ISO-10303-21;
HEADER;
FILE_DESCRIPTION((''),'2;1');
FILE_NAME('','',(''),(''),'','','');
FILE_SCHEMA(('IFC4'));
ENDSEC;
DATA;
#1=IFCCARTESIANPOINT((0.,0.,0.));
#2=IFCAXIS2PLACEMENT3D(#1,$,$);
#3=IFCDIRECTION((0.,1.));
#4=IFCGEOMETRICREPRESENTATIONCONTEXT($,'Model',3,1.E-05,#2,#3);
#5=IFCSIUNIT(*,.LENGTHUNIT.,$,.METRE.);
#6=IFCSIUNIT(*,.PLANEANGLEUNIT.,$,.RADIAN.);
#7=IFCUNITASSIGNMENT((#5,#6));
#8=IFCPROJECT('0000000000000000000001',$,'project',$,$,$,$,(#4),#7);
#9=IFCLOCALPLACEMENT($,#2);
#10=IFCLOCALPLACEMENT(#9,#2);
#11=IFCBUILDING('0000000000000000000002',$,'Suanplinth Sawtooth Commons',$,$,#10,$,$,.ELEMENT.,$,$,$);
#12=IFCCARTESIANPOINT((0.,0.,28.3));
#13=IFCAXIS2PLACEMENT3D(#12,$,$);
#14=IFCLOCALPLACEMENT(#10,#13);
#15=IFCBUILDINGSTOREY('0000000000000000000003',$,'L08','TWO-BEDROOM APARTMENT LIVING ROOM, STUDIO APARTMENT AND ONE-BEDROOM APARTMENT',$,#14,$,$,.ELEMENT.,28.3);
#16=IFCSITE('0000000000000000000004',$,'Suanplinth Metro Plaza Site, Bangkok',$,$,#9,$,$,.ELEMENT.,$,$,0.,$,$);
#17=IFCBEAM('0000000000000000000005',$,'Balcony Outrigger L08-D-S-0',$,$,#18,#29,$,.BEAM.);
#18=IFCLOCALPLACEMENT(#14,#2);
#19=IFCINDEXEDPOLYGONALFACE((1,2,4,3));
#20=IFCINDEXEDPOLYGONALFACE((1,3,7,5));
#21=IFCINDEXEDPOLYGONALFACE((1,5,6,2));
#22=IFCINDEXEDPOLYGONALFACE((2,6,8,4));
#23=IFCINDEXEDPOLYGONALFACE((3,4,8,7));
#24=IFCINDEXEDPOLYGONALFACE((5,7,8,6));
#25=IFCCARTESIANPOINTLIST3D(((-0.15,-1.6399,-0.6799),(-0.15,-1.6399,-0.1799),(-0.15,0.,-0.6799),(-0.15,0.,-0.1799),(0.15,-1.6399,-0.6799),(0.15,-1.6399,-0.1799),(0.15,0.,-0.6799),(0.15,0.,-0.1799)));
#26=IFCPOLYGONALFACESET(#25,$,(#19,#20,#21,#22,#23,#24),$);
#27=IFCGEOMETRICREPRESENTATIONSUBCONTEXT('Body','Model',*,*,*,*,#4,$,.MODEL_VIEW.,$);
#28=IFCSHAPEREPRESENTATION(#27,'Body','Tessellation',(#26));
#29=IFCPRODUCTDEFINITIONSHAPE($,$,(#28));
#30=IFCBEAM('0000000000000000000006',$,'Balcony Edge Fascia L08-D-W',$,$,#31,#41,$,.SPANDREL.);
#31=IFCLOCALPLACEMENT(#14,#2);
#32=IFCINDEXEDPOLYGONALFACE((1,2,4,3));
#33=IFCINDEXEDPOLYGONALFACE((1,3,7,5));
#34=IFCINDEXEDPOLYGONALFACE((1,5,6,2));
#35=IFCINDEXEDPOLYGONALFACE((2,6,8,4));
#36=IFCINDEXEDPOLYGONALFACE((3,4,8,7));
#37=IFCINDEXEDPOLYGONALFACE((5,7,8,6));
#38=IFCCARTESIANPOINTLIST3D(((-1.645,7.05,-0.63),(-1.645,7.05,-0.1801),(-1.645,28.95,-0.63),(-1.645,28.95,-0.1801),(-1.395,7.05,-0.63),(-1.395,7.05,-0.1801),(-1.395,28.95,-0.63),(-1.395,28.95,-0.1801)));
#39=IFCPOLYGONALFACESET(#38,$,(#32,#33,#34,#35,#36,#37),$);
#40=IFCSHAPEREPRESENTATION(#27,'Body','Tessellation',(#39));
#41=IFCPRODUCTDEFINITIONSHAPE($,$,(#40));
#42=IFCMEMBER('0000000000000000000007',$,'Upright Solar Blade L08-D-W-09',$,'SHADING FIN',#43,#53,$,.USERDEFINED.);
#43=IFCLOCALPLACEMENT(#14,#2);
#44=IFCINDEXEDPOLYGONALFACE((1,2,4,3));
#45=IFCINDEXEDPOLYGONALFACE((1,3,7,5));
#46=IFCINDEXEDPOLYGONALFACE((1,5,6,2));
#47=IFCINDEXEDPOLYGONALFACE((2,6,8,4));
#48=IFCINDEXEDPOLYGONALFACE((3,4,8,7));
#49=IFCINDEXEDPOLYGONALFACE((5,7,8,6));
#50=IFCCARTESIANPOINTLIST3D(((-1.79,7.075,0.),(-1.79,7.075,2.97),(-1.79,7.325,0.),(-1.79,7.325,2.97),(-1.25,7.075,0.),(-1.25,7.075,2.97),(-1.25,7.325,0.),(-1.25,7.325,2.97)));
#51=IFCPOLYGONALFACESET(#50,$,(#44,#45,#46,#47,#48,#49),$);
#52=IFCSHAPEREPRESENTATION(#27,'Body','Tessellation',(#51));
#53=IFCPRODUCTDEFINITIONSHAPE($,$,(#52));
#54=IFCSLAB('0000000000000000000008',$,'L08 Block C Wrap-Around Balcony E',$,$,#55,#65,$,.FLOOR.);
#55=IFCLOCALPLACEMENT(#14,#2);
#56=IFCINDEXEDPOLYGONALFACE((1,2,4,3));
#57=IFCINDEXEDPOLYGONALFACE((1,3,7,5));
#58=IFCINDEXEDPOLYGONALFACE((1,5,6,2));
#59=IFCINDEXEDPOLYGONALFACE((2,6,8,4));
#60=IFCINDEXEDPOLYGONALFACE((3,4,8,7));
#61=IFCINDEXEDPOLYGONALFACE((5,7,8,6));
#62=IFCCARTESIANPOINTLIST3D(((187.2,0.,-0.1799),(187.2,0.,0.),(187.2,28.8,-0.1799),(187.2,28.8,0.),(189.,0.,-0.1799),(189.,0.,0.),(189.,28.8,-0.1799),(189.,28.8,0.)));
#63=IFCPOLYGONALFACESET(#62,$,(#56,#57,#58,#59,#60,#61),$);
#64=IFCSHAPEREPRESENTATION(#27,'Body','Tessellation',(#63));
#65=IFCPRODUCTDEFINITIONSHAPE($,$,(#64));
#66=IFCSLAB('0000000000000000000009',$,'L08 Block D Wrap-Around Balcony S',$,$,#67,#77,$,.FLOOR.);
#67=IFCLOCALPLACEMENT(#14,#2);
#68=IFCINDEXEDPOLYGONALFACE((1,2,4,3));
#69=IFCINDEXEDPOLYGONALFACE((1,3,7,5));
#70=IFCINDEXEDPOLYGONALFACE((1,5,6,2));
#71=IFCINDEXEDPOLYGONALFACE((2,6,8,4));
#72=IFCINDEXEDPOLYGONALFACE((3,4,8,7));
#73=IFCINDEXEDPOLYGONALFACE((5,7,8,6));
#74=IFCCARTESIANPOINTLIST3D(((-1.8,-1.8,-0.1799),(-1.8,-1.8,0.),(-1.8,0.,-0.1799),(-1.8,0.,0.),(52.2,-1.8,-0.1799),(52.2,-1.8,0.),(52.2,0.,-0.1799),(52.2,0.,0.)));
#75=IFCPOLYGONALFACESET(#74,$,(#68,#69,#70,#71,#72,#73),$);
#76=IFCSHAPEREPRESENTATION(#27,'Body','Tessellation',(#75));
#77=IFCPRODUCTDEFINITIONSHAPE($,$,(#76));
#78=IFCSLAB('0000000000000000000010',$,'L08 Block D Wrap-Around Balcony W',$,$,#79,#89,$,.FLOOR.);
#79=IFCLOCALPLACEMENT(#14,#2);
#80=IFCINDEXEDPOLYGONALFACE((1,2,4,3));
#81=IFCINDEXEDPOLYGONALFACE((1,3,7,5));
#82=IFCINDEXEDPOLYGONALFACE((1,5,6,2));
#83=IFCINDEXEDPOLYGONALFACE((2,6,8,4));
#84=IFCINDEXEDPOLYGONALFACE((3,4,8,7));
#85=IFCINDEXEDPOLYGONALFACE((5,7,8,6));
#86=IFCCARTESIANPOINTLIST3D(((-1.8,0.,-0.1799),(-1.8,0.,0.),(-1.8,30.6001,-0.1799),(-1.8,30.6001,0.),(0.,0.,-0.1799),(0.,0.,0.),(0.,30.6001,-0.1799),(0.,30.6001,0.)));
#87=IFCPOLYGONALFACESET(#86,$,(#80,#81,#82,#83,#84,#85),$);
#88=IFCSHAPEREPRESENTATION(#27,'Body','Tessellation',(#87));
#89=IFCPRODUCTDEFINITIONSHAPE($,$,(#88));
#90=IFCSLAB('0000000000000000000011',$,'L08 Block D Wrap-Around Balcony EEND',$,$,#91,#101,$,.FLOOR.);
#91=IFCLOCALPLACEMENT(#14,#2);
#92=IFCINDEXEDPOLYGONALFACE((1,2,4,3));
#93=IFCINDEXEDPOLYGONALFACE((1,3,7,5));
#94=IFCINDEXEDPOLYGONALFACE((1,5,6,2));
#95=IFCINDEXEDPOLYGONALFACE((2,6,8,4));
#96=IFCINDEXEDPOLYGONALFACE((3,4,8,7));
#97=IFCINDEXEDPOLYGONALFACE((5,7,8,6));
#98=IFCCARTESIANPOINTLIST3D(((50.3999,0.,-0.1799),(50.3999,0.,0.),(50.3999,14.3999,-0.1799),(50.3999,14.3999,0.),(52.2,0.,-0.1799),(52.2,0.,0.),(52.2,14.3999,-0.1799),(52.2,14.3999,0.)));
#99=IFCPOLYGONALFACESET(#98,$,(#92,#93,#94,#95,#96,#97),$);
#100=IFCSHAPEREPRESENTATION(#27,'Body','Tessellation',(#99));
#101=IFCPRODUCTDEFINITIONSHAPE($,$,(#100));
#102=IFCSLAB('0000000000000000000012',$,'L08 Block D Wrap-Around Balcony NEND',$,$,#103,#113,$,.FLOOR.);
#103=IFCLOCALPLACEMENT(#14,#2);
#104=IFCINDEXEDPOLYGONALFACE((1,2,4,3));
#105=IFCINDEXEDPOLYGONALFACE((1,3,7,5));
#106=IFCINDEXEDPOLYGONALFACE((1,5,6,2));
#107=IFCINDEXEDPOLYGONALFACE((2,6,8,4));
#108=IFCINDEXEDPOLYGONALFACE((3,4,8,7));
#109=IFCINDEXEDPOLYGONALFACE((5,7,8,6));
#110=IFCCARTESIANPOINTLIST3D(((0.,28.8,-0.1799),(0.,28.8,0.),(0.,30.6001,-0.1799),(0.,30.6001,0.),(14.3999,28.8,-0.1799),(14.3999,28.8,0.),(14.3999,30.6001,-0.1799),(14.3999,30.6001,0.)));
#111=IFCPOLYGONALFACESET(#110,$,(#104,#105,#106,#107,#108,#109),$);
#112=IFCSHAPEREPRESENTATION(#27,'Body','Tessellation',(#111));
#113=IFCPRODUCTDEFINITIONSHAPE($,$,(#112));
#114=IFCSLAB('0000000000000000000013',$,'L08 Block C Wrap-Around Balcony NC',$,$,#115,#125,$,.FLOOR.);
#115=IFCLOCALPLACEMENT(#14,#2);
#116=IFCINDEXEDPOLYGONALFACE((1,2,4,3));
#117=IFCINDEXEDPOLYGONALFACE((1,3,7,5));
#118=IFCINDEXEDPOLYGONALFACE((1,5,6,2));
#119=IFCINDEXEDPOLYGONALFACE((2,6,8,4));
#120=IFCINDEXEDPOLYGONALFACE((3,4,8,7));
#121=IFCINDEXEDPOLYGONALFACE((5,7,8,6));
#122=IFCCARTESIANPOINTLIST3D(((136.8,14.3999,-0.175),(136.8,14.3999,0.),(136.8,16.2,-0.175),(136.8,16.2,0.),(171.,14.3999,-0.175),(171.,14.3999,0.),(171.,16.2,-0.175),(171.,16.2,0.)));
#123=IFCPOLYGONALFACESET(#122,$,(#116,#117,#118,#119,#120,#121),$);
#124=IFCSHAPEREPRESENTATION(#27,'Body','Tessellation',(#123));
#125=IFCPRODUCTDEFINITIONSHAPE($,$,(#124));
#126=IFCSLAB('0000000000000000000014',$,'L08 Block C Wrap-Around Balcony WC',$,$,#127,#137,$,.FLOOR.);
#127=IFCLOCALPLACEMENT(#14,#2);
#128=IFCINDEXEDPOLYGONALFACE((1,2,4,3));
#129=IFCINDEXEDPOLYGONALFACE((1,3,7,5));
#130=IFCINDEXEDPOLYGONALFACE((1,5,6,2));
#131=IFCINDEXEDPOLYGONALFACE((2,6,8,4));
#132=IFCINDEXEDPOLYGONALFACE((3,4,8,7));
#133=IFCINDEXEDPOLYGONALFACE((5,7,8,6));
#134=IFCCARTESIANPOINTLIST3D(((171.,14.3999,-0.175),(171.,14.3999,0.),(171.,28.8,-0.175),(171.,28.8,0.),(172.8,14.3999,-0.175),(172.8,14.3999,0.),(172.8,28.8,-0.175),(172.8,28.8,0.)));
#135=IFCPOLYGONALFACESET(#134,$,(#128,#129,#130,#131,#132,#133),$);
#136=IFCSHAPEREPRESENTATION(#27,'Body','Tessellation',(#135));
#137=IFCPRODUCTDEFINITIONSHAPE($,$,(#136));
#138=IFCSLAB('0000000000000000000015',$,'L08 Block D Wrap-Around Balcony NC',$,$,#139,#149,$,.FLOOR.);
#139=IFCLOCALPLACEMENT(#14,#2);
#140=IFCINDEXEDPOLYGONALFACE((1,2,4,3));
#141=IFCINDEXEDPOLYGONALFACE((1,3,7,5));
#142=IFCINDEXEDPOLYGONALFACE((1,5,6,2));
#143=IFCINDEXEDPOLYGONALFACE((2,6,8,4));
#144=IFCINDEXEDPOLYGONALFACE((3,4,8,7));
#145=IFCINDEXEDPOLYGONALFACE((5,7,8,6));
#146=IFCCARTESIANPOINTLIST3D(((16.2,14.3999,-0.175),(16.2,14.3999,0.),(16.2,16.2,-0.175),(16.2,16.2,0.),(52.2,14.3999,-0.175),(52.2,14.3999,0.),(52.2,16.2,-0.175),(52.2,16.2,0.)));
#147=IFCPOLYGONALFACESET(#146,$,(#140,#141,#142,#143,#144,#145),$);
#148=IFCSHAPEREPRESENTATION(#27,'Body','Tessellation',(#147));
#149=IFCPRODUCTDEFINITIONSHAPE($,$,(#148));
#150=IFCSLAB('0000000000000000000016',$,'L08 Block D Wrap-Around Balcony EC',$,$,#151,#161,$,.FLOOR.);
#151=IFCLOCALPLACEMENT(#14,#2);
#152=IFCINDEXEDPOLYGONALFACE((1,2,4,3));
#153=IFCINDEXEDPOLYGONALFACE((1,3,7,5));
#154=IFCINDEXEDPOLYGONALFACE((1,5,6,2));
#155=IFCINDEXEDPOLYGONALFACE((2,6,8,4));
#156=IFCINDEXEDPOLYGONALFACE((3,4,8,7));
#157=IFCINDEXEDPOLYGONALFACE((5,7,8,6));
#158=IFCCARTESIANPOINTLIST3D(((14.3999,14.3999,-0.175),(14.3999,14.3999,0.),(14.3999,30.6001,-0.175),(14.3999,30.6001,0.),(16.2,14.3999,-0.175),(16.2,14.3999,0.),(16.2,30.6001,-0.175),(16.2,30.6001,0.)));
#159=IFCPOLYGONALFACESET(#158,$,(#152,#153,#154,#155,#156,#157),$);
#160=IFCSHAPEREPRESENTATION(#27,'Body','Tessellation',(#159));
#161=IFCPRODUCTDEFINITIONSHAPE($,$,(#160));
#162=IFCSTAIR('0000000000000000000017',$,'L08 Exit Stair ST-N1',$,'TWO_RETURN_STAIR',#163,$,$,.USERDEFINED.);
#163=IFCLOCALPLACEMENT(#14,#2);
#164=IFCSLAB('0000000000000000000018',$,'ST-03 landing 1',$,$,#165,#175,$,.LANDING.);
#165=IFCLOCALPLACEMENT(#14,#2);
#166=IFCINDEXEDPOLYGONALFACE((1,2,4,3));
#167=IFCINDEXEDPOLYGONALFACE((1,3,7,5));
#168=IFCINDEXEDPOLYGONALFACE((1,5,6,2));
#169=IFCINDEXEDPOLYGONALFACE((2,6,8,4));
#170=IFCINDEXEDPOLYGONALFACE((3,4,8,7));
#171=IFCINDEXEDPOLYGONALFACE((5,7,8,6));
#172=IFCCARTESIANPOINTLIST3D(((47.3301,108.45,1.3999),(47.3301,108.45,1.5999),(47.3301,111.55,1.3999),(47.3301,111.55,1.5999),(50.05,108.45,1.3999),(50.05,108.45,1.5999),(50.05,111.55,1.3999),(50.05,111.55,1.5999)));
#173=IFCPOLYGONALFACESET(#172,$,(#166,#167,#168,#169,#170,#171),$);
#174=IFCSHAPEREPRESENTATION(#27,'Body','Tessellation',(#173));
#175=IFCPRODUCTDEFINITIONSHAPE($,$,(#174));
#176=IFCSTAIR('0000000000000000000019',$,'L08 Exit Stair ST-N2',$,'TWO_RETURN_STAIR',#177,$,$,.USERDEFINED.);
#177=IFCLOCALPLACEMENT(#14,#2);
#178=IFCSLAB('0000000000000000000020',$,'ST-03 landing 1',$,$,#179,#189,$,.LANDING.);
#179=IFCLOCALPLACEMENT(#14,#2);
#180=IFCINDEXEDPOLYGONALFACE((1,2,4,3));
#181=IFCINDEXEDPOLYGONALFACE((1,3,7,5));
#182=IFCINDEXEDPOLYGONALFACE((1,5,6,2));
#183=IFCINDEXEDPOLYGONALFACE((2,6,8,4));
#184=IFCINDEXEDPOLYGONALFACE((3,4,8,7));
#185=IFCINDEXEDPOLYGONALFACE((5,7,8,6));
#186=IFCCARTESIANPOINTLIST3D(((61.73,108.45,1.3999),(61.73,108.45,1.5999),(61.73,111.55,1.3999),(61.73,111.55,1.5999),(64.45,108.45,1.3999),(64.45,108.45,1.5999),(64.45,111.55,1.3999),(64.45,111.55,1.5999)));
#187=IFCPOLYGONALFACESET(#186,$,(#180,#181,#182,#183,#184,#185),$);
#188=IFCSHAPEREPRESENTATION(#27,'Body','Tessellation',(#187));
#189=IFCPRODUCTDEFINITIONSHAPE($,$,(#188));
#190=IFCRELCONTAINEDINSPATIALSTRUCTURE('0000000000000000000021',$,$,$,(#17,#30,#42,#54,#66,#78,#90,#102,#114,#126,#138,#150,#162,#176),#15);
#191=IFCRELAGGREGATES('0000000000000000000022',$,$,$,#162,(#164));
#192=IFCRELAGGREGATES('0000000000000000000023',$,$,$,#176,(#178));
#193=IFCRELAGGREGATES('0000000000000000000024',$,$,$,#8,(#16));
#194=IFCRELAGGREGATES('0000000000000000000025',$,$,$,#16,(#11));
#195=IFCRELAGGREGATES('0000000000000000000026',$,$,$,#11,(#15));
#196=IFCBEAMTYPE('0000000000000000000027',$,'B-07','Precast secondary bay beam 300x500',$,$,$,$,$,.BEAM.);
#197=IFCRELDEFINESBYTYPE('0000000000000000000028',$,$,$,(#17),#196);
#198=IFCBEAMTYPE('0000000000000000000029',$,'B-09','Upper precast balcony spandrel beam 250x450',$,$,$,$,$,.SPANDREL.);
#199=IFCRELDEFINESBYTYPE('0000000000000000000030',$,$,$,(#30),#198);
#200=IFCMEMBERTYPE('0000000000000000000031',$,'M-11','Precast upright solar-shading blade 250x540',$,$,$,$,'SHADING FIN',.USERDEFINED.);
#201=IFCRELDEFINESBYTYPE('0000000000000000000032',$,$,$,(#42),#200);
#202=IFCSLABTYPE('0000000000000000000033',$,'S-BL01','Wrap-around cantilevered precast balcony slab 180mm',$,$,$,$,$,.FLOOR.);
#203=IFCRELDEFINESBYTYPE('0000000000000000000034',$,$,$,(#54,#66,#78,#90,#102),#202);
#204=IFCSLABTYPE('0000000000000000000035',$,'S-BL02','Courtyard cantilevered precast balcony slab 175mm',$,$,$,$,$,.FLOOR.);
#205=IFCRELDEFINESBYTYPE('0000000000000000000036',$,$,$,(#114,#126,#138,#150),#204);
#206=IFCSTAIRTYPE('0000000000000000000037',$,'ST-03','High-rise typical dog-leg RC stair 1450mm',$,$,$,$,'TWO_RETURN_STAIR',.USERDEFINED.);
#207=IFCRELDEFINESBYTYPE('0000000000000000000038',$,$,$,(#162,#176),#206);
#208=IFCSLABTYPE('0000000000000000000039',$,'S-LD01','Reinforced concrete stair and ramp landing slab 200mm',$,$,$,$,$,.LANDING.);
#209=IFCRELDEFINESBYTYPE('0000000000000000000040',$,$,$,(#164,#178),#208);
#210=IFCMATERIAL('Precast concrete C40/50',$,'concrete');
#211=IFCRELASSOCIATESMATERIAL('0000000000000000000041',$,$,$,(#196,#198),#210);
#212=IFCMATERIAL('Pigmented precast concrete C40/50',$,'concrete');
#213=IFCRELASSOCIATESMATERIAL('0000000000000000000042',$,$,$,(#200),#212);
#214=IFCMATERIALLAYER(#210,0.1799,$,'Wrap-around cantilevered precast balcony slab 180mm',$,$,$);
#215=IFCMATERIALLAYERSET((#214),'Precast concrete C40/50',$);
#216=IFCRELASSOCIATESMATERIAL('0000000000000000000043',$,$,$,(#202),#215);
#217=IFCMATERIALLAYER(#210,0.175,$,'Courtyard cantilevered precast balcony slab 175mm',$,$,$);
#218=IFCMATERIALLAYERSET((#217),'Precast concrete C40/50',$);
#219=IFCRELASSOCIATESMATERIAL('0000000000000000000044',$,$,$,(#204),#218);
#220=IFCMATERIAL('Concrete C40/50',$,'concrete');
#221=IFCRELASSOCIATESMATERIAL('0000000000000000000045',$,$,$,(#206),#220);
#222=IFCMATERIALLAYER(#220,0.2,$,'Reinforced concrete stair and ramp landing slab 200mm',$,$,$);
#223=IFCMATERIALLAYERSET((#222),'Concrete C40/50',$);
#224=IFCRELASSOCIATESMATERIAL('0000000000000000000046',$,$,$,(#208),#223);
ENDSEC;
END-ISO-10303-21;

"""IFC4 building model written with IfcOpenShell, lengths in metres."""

from ifc_helpers import new_model, si_unit, direction, frame, origin, origin_2d, place, context, subcontext, project, spatial, polyline, rectangle, outline, extrude, material, layer, layer_set, material_profile, profile_set, type_object, element, aggregate, save


model = new_model("IFC4")

# Units and contexts
model_context = context("Model", 3, precision=1e-05, world=origin(), true_north=direction((0.0, 1.0)))
body_context = subcontext(model_context, "Body", "Model", "MODEL_VIEW")
ifc_project = project(units=[si_unit("LENGTHUNIT", "METRE"), si_unit("PLANEANGLEUNIT", "RADIAN")], contexts=[model_context])

# Site, building, storey
site_placement = place(None, origin())
site = spatial("IfcSite", under=ifc_project, at=site_placement, Name="Suanplinth Metro Plaza Site, Bangkok", CompositionType="ELEMENT", RefElevation=0.0)
building_placement = place(site_placement, origin())
building = spatial("IfcBuilding", under=site, at=building_placement, Name="Suanplinth Sawtooth Commons", CompositionType="ELEMENT")
storey_placement = place(building_placement, frame((0.0, 0.0, 28.3)))
storey = spatial("IfcBuildingStorey", under=building, at=storey_placement, Name="L08", Description="TWO-BEDROOM APARTMENT LIVING ROOM, STUDIO APARTMENT AND ONE-BEDROOM APARTMENT", CompositionType="ELEMENT", Elevation=28.3)

# Beams
ifc_material_1 = material(Name="Precast concrete C40/50", Category="concrete")
ifc_material_profile_1 = material_profile(ifc_material_1, rectangle(XDim=0.3, YDim=0.5, at=origin_2d()), Name="PC-BM 300x500")
ifc_profile_set_1 = profile_set([ifc_material_profile_1], Name="Precast concrete C40/50")
beam_type_1 = type_object("IfcBeamType", Name="B-07", Description="Precast secondary bay beam 300x500", PredefinedType="BEAM", material=ifc_profile_set_1)
beam_1_placement = place(storey_placement, frame((0.0, 0.0, -0.4299), z_axis=(0.0, -1.0, 0.0), x_axis=(1.0, 0.0, 0.0)))
element("IfcBeam", 1, at=beam_1_placement, inside=storey, type_object=beam_type_1, Name="Balcony Outrigger L08-D-S-0", PredefinedType="BEAM", context=body_context, shape_type="SweptSolid", body=[
    extrude(rectangle(XDim=0.3, YDim=0.5, at=origin_2d()), origin(), (0.0, 0.0, 1.0), 1.6399),
])
ifc_material_profile_2 = material_profile(ifc_material_1, rectangle(XDim=0.25, YDim=0.45, at=origin_2d()), Name="PC-SP 250x450")
ifc_profile_set_2 = profile_set([ifc_material_profile_2], Name="Precast concrete C40/50")
beam_type_2 = type_object("IfcBeamType", Name="B-09", Description="Upper precast balcony spandrel beam 250x450", PredefinedType="SPANDREL", material=ifc_profile_set_2)
beam_2_placement = place(storey_placement, frame((-1.52, 7.05, -0.405), z_axis=(0.0, 1.0, 0.0), x_axis=(-1.0, 0.0, 0.0)))
element("IfcBeam", 2, at=beam_2_placement, inside=storey, type_object=beam_type_2, Name="Balcony Edge Fascia L08-D-W", PredefinedType="SPANDREL", context=body_context, shape_type="SweptSolid", body=[
    extrude(rectangle(XDim=0.25, YDim=0.45, at=origin_2d()), origin(), (0.0, 0.0, 1.0), 21.8999),
])

# Member
ifc_material_2 = material(Name="Pigmented precast concrete C40/50", Category="concrete")
ifc_material_profile_3 = material_profile(ifc_material_2, rectangle(XDim=0.25, YDim=0.54, at=origin_2d()), Name="PC-FIN 250x540")
ifc_profile_set_3 = profile_set([ifc_material_profile_3], Name="Pigmented precast concrete C40/50")
member_type = type_object("IfcMemberType", Name="M-11", Description="Precast upright solar-shading blade 250x540", ElementType="SHADING FIN", PredefinedType="USERDEFINED", material=ifc_profile_set_3)
member_placement = place(storey_placement, frame((-1.52, 7.2, 0.0), z_axis=(0.0, 0.0, 1.0), x_axis=(0.0, 1.0, 0.0)))
element("IfcMember", 3, at=member_placement, inside=storey, type_object=member_type, Name="Upright Solar Blade L08-D-W-09", ObjectType="SHADING FIN", PredefinedType="USERDEFINED", context=body_context, shape_type="SweptSolid", body=[
    extrude(rectangle(XDim=0.25, YDim=0.54, at=origin_2d()), origin(), (0.0, 0.0, 1.0), 2.97),
])

# Slabs
ifc_layer_1 = layer(ifc_material_1, 0.1799, Name="Wrap-around cantilevered precast balcony slab 180mm")
ifc_layer_set_1 = layer_set([ifc_layer_1], Name="Precast concrete C40/50")
slab_type_1 = type_object("IfcSlabType", Name="S-BL01", Description="Wrap-around cantilevered precast balcony slab 180mm", PredefinedType="FLOOR", material=ifc_layer_set_1)
slab_1_placement = place(storey_placement, frame((0.0, 0.0, -0.1799)))
element("IfcSlab", 4, at=slab_1_placement, inside=storey, type_object=slab_type_1, Name="L08 Block C Wrap-Around Balcony E", PredefinedType="FLOOR", context=body_context, shape_type="SweptSolid", body=[
    extrude(outline(polyline([(189.0, 28.8), (189.0, 0.0), (187.2, 0.0), (187.2, 28.8), (189.0, 28.8)])), origin(), (0.0, 0.0, 1.0), 0.1799),
])
slab_2_placement = place(storey_placement, frame((0.0, 0.0, -0.1799)))
element("IfcSlab", 5, at=slab_2_placement, inside=storey, type_object=slab_type_1, Name="L08 Block D Wrap-Around Balcony S", PredefinedType="FLOOR", context=body_context, shape_type="SweptSolid", body=[
    extrude(outline(polyline([(52.2, 0.0), (52.2, -1.8), (-1.8, -1.8), (-1.8, 0.0), (52.2, 0.0)])), origin(), (0.0, 0.0, 1.0), 0.1799),
])
slab_3_placement = place(storey_placement, frame((0.0, 0.0, -0.1799)))
element("IfcSlab", 6, at=slab_3_placement, inside=storey, type_object=slab_type_1, Name="L08 Block D Wrap-Around Balcony W", PredefinedType="FLOOR", context=body_context, shape_type="SweptSolid", body=[
    extrude(outline(polyline([(0.0, 0.0), (-1.8, 0.0), (-1.8, 30.6001), (0.0, 30.6001), (0.0, 0.0)])), origin(), (0.0, 0.0, 1.0), 0.1799),
])
slab_4_placement = place(storey_placement, frame((0.0, 0.0, -0.1799)))
element("IfcSlab", 7, at=slab_4_placement, inside=storey, type_object=slab_type_1, Name="L08 Block D Wrap-Around Balcony EEND", PredefinedType="FLOOR", context=body_context, shape_type="SweptSolid", body=[
    extrude(outline(polyline([(52.2, 14.3999), (52.2, 0.0), (50.3999, 0.0), (50.3999, 14.3999), (52.2, 14.3999)])), origin(), (0.0, 0.0, 1.0), 0.1799),
])
slab_5_placement = place(storey_placement, frame((0.0, 0.0, -0.1799)))
element("IfcSlab", 8, at=slab_5_placement, inside=storey, type_object=slab_type_1, Name="L08 Block D Wrap-Around Balcony NEND", PredefinedType="FLOOR", context=body_context, shape_type="SweptSolid", body=[
    extrude(outline(polyline([(0.0, 30.6001), (14.3999, 30.6001), (14.3999, 28.8), (0.0, 28.8), (0.0, 30.6001)])), origin(), (0.0, 0.0, 1.0), 0.1799),
])
ifc_layer_2 = layer(ifc_material_1, 0.175, Name="Courtyard cantilevered precast balcony slab 175mm")
ifc_layer_set_2 = layer_set([ifc_layer_2], Name="Precast concrete C40/50")
slab_type_2 = type_object("IfcSlabType", Name="S-BL02", Description="Courtyard cantilevered precast balcony slab 175mm", PredefinedType="FLOOR", material=ifc_layer_set_2)
slab_6_placement = place(storey_placement, frame((0.0, 0.0, -0.175)))
element("IfcSlab", 9, at=slab_6_placement, inside=storey, type_object=slab_type_2, Name="L08 Block C Wrap-Around Balcony NC", PredefinedType="FLOOR", context=body_context, shape_type="SweptSolid", body=[
    extrude(outline(polyline([(136.8, 16.2), (171.0, 16.2), (171.0, 14.3999), (136.8, 14.3999), (136.8, 16.2)])), origin(), (0.0, 0.0, 1.0), 0.175),
])
slab_7_placement = place(storey_placement, frame((0.0, 0.0, -0.175)))
element("IfcSlab", 10, at=slab_7_placement, inside=storey, type_object=slab_type_2, Name="L08 Block C Wrap-Around Balcony WC", PredefinedType="FLOOR", context=body_context, shape_type="SweptSolid", body=[
    extrude(outline(polyline([(172.8, 14.3999), (171.0, 14.3999), (171.0, 28.8), (172.8, 28.8), (172.8, 14.3999)])), origin(), (0.0, 0.0, 1.0), 0.175),
])
slab_8_placement = place(storey_placement, frame((0.0, 0.0, -0.175)))
element("IfcSlab", 11, at=slab_8_placement, inside=storey, type_object=slab_type_2, Name="L08 Block D Wrap-Around Balcony NC", PredefinedType="FLOOR", context=body_context, shape_type="SweptSolid", body=[
    extrude(outline(polyline([(16.2, 16.2), (52.2, 16.2), (52.2, 14.3999), (16.2, 14.3999), (16.2, 16.2)])), origin(), (0.0, 0.0, 1.0), 0.175),
])
slab_9_placement = place(storey_placement, frame((0.0, 0.0, -0.175)))
element("IfcSlab", 12, at=slab_9_placement, inside=storey, type_object=slab_type_2, Name="L08 Block D Wrap-Around Balcony EC", PredefinedType="FLOOR", context=body_context, shape_type="SweptSolid", body=[
    extrude(outline(polyline([(14.3999, 30.6001), (16.2, 30.6001), (16.2, 14.3999), (14.3999, 14.3999), (14.3999, 30.6001)])), origin(), (0.0, 0.0, 1.0), 0.175),
])

# Stairs, slabs
ifc_material_3 = material(Name="Concrete C40/50", Category="concrete")
stair_type_1 = type_object("IfcStairType", Name="ST-03", Description="High-rise typical dog-leg RC stair 1450mm", ElementType="TWO_RETURN_STAIR", PredefinedType="USERDEFINED", material=ifc_material_3)
stair_1_placement = place(storey_placement, origin())
stair_1 = element("IfcStair", 13, at=stair_1_placement, inside=storey, type_object=stair_type_1, Name="L08 Exit Stair ST-N1", ObjectType="TWO_RETURN_STAIR", PredefinedType="USERDEFINED")
ifc_layer_3 = layer(ifc_material_3, 0.2, Name="Reinforced concrete stair and ramp landing slab 200mm")
ifc_layer_set_3 = layer_set([ifc_layer_3], Name="Concrete C40/50")
slab_type_3 = type_object("IfcSlabType", Name="S-LD01", Description="Reinforced concrete stair and ramp landing slab 200mm", PredefinedType="LANDING", material=ifc_layer_set_3)
slab_10_placement = place(storey_placement, frame((0.0, 0.0, 1.3999)))
slab_10 = element("IfcSlab", 14, at=slab_10_placement, type_object=slab_type_3, Name="ST-03 landing 1", PredefinedType="LANDING", context=body_context, shape_type="SweptSolid", body=[
    extrude(outline(polyline([(47.3301, 108.45), (50.05, 108.45), (50.05, 111.55), (47.3301, 111.55), (47.3301, 108.45)])), origin(), (0.0, 0.0, 1.0), 0.2),
])
aggregate(stair_1, [slab_10])
stair_2_placement = place(storey_placement, origin())
stair_2 = element("IfcStair", 15, at=stair_2_placement, inside=storey, type_object=stair_type_1, Name="L08 Exit Stair ST-N2", ObjectType="TWO_RETURN_STAIR", PredefinedType="USERDEFINED")
slab_11_placement = place(storey_placement, frame((0.0, 0.0, 1.3999)))
slab_11 = element("IfcSlab", 16, at=slab_11_placement, type_object=slab_type_3, Name="ST-03 landing 1", PredefinedType="LANDING", context=body_context, shape_type="SweptSolid", body=[
    extrude(outline(polyline([(61.73, 108.45), (64.45, 108.45), (64.45, 111.55), (61.73, 111.55), (61.73, 108.45)])), origin(), (0.0, 0.0, 1.0), 0.2),
])
aggregate(stair_2, [slab_11])

save(model, "model.ifc")
